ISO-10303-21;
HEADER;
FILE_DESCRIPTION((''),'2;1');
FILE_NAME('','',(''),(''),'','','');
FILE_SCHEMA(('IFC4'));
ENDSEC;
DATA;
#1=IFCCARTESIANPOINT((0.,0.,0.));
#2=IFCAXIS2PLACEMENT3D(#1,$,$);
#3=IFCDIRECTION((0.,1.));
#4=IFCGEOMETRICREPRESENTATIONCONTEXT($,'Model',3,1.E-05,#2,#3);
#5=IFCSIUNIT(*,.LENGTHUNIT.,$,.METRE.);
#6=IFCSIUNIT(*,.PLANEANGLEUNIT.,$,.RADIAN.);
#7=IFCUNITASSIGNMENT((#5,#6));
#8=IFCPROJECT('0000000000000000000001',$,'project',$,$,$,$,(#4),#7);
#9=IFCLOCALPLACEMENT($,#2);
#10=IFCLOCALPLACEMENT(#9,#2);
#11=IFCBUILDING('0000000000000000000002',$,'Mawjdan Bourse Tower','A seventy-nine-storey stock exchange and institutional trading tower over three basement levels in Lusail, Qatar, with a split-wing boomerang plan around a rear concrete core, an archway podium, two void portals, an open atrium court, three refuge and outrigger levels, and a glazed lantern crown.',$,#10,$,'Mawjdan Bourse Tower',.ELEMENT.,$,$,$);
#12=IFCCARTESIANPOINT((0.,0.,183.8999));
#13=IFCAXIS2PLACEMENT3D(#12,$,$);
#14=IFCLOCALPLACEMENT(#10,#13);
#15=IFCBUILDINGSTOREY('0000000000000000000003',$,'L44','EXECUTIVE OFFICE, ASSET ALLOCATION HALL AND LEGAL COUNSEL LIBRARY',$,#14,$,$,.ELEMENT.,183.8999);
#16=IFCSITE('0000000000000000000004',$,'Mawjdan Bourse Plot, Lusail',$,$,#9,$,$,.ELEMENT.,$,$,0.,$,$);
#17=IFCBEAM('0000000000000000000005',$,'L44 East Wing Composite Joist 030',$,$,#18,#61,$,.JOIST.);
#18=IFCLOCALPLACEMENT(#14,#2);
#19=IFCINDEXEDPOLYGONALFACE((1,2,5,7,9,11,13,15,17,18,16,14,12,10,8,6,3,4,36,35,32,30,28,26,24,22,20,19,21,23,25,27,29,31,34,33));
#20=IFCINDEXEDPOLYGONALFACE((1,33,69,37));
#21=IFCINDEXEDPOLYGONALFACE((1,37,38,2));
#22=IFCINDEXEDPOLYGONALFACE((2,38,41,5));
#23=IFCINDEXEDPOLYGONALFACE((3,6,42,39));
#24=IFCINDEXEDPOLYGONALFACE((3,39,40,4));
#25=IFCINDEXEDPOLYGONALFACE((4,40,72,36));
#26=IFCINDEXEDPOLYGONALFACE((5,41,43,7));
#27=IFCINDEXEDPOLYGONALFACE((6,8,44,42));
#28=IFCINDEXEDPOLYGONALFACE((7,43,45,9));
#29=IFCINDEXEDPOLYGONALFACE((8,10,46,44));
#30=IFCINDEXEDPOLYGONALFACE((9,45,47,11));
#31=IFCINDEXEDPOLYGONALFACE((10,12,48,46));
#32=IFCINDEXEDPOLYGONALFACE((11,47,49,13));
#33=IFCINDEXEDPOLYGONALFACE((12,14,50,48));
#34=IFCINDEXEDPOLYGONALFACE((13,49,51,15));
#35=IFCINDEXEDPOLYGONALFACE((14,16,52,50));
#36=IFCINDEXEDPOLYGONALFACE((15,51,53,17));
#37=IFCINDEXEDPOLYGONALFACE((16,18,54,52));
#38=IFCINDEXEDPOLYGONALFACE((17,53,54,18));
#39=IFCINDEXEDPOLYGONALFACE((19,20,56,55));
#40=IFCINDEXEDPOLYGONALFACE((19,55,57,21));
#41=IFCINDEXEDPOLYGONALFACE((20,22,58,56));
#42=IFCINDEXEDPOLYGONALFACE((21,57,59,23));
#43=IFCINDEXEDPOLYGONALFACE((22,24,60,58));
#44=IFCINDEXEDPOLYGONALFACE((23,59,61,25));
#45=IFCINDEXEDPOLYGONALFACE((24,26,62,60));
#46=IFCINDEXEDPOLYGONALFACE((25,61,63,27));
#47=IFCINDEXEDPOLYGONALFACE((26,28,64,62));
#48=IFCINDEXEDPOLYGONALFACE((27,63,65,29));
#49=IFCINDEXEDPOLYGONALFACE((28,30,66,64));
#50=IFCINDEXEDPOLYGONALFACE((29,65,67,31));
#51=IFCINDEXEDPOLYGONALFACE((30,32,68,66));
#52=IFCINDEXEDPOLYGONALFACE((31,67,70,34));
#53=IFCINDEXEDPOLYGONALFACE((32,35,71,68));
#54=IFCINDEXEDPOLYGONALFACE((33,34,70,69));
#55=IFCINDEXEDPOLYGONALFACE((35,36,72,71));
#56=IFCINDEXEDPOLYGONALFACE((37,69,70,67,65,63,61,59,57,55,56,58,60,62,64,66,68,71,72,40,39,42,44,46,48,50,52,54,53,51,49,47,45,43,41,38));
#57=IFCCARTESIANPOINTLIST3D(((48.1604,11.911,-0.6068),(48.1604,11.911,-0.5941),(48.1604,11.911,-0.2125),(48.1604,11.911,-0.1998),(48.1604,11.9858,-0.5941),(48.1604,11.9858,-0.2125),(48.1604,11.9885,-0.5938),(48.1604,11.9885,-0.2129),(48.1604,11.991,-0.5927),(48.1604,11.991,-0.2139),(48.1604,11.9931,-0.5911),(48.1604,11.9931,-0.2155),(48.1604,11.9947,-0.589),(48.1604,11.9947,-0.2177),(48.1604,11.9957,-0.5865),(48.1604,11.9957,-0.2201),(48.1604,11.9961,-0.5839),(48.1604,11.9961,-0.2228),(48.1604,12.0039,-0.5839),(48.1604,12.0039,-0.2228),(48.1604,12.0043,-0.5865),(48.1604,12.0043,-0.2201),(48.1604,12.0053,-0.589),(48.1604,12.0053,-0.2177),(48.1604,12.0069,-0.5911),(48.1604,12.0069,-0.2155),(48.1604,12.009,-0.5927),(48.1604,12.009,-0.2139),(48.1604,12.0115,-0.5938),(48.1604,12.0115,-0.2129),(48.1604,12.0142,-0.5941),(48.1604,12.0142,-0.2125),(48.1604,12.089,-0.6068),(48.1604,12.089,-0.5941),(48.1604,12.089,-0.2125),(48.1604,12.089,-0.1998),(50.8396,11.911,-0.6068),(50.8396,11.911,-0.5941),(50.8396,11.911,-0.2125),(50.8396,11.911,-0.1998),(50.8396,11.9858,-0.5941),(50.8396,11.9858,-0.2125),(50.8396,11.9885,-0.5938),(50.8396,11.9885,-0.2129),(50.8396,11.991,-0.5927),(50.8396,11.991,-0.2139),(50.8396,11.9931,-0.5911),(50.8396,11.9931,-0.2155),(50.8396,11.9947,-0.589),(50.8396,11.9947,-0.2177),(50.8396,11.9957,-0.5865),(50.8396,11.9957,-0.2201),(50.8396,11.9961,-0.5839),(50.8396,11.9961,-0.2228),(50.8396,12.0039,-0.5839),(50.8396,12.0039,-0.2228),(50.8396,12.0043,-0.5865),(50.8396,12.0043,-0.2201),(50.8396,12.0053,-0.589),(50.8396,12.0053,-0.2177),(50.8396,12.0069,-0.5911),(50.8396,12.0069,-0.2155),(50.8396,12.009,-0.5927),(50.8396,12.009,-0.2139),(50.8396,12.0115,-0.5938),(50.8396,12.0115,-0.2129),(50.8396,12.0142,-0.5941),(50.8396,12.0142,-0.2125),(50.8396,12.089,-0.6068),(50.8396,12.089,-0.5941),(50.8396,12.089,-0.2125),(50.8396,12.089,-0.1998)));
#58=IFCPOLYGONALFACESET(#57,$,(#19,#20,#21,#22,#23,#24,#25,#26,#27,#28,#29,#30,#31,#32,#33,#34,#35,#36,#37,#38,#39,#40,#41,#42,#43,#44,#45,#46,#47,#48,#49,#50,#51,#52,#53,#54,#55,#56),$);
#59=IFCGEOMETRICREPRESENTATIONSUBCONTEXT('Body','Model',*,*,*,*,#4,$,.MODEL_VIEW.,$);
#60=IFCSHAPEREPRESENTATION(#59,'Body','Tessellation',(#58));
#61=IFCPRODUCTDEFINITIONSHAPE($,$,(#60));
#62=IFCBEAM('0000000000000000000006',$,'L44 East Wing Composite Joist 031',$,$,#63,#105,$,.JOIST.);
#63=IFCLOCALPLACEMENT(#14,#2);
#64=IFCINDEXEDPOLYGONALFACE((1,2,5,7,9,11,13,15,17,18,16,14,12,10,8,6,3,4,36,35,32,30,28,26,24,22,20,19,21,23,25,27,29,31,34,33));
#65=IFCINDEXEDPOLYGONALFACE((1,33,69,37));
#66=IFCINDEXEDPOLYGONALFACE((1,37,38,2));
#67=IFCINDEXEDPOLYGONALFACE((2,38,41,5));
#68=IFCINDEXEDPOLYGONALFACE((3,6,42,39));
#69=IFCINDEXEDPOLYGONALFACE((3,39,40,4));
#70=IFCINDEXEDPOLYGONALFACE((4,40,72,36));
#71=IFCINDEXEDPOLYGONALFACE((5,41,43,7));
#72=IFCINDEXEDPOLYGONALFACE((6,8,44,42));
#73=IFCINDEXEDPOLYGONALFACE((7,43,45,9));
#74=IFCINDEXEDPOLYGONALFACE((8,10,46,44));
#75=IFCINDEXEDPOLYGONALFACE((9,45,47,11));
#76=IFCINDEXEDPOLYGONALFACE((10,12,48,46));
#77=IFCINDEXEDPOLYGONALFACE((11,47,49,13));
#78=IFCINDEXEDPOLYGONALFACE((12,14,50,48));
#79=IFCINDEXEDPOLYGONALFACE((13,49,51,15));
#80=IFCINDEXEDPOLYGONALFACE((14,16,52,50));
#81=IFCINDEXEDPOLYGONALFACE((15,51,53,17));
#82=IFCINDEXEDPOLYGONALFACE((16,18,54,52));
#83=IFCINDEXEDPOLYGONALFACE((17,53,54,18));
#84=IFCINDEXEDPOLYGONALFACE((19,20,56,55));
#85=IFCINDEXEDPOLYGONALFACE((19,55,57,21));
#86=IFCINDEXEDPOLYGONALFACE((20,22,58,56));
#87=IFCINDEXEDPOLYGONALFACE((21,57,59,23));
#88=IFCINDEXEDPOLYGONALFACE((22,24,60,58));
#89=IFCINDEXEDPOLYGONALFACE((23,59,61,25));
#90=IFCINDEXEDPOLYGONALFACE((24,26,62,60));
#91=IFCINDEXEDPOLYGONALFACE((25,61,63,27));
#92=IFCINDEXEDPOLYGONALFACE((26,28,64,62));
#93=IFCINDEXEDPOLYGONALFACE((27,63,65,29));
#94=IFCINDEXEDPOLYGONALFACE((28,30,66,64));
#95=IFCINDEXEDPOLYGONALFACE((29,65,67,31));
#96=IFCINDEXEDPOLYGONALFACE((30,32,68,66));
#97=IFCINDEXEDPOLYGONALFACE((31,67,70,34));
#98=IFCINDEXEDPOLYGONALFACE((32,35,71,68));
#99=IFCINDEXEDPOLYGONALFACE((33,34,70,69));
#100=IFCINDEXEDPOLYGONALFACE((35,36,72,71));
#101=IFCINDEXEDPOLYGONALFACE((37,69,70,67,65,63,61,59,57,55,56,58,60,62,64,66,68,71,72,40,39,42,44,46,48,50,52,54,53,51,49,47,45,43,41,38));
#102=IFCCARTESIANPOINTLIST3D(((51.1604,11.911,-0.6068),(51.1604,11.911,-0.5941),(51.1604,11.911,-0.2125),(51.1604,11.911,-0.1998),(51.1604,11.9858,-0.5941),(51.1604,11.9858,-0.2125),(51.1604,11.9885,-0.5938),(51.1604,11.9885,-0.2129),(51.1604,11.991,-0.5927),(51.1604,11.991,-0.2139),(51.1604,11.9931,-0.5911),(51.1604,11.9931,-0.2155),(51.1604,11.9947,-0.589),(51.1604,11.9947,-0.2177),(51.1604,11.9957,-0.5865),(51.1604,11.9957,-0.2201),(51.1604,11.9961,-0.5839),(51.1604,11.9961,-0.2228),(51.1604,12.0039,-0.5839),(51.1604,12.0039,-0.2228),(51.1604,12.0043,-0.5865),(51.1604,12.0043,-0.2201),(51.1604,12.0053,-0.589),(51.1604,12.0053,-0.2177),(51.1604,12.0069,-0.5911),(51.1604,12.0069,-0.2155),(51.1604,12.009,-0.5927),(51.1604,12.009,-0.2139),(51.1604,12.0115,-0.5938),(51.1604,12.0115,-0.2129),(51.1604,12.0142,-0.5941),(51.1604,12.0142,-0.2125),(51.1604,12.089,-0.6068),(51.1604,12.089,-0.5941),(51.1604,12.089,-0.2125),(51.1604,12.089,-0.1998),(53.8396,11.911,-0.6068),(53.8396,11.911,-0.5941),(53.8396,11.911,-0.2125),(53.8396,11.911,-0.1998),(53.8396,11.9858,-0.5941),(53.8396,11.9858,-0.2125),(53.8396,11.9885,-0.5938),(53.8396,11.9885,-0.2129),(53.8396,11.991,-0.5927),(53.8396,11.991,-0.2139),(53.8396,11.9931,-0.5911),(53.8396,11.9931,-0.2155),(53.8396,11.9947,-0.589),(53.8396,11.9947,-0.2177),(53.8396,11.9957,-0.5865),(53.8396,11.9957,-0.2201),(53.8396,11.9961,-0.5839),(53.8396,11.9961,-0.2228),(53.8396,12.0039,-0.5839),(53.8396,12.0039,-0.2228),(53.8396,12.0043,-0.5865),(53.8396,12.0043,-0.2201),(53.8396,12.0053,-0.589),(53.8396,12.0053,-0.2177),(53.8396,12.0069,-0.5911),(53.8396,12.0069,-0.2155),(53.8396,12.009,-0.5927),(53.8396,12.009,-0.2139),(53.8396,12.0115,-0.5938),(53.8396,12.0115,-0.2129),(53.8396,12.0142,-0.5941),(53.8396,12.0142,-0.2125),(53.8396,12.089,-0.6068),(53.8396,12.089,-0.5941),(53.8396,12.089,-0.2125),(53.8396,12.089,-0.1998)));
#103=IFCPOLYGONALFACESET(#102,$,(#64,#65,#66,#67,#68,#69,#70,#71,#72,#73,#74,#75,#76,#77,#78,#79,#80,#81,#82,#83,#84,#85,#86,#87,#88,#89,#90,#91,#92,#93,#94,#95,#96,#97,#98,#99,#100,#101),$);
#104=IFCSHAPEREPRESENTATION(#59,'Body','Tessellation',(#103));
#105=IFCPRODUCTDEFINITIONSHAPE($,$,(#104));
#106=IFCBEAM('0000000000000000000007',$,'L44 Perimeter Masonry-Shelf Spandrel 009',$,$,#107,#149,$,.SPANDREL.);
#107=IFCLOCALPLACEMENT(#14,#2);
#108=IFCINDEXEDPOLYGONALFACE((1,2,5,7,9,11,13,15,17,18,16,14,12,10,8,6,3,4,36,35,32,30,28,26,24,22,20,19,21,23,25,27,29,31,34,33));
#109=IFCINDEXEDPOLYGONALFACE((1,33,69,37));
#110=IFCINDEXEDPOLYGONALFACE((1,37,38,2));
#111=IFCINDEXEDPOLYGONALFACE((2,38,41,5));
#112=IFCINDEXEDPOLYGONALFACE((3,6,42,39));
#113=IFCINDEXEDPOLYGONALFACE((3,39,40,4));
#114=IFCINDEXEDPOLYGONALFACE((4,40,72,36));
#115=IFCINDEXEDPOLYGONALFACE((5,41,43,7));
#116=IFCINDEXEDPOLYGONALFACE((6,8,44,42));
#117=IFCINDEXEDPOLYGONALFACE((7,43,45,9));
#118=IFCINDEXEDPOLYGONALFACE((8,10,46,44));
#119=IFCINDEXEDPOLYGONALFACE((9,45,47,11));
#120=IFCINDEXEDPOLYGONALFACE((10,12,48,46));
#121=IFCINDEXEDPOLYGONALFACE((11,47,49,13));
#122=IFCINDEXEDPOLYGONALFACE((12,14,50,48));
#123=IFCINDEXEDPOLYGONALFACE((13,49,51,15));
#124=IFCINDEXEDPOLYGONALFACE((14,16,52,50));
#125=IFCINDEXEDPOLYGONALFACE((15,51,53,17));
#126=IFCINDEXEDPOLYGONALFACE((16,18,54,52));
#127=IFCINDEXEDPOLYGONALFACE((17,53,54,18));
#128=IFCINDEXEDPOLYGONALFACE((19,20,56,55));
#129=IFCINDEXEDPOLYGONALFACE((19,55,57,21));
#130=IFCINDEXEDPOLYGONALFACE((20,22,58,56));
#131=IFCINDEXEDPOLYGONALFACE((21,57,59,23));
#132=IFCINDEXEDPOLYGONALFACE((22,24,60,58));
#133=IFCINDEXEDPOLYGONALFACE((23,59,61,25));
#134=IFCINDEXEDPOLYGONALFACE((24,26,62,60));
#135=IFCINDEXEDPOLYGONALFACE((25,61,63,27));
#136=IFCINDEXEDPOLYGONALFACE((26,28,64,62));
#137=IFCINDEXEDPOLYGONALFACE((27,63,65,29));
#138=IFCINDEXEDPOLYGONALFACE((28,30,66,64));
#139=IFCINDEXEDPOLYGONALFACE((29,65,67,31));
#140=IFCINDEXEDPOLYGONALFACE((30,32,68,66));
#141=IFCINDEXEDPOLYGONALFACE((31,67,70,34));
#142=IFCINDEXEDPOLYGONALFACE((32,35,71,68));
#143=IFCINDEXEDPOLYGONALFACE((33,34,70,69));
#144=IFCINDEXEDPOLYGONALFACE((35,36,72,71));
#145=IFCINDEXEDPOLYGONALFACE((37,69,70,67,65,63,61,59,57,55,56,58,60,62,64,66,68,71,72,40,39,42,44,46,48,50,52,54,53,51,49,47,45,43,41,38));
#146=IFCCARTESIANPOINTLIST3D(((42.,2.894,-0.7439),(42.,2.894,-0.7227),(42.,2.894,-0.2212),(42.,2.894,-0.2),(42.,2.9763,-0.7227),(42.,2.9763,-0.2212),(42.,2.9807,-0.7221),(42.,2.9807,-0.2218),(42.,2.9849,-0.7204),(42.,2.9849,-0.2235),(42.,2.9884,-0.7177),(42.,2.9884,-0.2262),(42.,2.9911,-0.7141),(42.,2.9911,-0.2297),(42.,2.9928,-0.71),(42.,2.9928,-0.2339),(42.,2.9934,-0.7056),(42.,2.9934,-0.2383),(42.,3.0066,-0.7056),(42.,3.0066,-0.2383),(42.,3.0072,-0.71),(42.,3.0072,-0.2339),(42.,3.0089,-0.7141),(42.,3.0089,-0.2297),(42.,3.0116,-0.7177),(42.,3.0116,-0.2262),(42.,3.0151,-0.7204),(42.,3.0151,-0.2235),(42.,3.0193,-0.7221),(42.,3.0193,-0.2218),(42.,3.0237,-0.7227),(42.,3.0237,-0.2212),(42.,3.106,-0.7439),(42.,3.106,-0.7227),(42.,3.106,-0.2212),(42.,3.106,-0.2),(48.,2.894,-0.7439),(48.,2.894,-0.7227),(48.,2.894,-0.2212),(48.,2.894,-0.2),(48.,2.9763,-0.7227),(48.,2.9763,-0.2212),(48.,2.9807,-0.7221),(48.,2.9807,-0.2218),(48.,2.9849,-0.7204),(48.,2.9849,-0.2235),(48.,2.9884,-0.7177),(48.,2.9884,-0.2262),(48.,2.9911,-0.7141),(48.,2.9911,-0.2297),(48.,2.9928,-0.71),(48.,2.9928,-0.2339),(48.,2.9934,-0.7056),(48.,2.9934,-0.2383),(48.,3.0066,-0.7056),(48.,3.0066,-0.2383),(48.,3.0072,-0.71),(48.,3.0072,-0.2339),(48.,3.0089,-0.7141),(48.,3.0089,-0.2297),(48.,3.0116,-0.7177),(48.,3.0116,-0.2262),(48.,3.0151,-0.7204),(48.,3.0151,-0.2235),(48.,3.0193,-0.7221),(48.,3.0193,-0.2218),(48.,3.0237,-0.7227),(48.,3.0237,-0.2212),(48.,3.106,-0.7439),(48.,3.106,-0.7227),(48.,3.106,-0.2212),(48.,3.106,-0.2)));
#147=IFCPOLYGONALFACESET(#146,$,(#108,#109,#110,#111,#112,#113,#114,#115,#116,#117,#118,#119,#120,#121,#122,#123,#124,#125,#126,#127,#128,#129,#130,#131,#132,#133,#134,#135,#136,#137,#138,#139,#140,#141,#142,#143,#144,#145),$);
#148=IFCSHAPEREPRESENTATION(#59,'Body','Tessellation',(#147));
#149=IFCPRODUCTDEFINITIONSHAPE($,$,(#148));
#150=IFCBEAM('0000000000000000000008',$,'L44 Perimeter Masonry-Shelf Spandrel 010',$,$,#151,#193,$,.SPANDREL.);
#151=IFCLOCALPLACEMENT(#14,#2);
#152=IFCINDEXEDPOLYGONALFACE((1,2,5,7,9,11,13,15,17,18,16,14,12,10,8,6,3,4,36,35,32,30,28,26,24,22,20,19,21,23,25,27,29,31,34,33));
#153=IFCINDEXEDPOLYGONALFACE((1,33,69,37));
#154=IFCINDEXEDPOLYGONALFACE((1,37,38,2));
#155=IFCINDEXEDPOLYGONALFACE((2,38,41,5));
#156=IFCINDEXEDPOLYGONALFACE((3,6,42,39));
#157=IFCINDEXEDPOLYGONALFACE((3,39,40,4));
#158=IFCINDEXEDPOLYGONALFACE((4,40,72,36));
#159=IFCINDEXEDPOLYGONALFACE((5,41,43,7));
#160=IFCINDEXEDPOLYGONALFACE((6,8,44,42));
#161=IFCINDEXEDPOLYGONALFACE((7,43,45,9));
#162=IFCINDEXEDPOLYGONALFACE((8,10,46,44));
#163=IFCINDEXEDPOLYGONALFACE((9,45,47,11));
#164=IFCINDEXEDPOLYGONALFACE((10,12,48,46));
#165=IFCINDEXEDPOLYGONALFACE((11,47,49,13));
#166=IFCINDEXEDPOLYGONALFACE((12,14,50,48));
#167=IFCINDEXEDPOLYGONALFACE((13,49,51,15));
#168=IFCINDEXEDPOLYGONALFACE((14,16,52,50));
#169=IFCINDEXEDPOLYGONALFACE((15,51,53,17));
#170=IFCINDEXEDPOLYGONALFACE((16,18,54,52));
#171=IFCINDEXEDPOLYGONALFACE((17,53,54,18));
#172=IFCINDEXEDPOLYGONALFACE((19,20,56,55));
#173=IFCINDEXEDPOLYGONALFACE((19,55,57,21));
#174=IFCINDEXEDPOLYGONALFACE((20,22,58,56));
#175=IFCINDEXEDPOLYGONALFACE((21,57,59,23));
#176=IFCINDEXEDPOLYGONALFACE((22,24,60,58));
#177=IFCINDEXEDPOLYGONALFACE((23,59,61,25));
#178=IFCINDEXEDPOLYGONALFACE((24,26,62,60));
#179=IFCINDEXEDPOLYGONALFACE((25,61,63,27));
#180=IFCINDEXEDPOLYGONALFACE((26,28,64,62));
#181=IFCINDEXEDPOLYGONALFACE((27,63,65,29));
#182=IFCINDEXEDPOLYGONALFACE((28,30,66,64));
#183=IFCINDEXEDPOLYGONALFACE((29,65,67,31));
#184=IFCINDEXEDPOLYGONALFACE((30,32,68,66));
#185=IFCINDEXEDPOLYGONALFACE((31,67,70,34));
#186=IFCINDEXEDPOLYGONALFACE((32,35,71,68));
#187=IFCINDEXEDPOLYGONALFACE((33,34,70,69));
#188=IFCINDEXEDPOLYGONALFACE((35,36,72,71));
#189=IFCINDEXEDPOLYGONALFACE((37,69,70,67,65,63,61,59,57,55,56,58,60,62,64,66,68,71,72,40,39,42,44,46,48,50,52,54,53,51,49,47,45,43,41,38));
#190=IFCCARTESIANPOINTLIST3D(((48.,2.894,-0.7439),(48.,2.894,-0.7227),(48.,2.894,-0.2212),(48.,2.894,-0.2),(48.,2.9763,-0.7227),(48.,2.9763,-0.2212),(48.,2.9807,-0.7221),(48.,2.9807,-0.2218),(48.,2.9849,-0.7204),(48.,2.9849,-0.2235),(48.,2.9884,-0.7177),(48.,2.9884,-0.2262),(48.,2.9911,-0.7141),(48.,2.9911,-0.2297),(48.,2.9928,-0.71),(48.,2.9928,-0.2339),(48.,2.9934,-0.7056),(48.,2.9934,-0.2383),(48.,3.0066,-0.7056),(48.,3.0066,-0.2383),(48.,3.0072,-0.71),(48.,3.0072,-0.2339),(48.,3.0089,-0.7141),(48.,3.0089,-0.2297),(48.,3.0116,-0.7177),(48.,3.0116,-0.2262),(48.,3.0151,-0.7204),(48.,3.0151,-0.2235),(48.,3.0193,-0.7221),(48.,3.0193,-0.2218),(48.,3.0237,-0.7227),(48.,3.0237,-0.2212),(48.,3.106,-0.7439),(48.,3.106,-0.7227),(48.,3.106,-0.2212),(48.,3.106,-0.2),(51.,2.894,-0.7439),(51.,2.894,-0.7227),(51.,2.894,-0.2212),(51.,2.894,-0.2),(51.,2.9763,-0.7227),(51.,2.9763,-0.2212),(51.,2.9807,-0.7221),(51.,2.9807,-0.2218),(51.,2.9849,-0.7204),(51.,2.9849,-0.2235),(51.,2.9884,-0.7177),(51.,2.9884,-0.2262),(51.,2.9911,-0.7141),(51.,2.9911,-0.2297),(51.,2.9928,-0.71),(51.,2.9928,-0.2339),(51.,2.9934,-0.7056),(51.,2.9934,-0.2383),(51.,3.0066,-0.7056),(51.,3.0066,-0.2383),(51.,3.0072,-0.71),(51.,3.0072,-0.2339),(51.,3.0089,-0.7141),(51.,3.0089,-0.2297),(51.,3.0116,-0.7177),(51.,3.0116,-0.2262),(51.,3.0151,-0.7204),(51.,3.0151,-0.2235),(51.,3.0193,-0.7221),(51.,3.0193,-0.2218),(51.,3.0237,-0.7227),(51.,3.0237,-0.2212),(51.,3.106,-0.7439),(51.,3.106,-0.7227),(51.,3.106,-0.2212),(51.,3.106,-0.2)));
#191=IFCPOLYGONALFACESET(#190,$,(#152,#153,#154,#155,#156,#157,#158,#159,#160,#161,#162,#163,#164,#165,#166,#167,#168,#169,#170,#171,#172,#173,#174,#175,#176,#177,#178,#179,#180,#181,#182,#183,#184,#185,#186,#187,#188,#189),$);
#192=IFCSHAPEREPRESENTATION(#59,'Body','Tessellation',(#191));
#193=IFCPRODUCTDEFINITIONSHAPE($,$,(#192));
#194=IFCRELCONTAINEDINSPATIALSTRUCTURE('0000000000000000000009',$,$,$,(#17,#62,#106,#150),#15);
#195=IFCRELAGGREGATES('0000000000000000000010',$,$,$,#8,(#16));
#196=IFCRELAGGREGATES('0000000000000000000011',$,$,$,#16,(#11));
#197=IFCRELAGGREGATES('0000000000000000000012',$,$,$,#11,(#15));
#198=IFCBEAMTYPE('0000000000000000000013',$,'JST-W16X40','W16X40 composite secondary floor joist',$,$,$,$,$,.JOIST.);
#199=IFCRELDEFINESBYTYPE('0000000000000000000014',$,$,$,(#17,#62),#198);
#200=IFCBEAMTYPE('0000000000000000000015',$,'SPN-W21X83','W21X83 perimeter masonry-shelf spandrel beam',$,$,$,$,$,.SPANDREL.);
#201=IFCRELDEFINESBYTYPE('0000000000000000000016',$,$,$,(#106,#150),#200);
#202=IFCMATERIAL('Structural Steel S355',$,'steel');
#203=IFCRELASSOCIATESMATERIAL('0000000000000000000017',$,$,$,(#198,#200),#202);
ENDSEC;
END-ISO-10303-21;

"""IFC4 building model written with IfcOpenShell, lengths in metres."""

from ifc_helpers import new_model, si_unit, direction, frame, origin, origin_2d, place, context, subcontext, project, spatial, i_section, extrude, material, material_profile, profile_set, type_object, element, save


model = new_model("IFC4")

# Units and contexts
model_context = context("Model", 3, precision=1e-05, world=origin(), true_north=direction((0.0, 1.0)))
body_context = subcontext(model_context, "Body", "Model", "MODEL_VIEW")
ifc_project = project(units=[si_unit("LENGTHUNIT", "METRE"), si_unit("PLANEANGLEUNIT", "RADIAN")], contexts=[model_context])

# Site, building, storey
site_placement = place(None, origin())
site = spatial("IfcSite", under=ifc_project, at=site_placement, Name="Mawjdan Bourse Plot, Lusail", CompositionType="ELEMENT", RefElevation=0.0)
building_placement = place(site_placement, origin())
building = spatial("IfcBuilding", under=site, at=building_placement, Name="Mawjdan Bourse Tower", Description="A seventy-nine-storey stock exchange and institutional trading tower over three basement levels in Lusail, Qatar, with a split-wing boomerang plan around a rear concrete core, an archway podium, two void portals, an open atrium court, three refuge and outrigger levels, and a glazed lantern crown.", LongName="Mawjdan Bourse Tower", CompositionType="ELEMENT")
storey_placement = place(building_placement, frame((0.0, 0.0, 183.8999)))
storey = spatial("IfcBuildingStorey", under=building, at=storey_placement, Name="L44", Description="EXECUTIVE OFFICE, ASSET ALLOCATION HALL AND LEGAL COUNSEL LIBRARY", CompositionType="ELEMENT", Elevation=183.8999)

# Beams
ifc_material_1 = material(Name="Structural Steel S355", Category="steel")
ifc_material_profile_1 = material_profile(ifc_material_1, i_section(OverallWidth=0.178, OverallDepth=0.407, WebThickness=0.0078, FlangeThickness=0.0127, FilletRadius=0.0103, at=origin_2d()), Name="W16X40")
ifc_profile_set_1 = profile_set([ifc_material_profile_1], Name="Structural Steel S355")
beam_type_1 = type_object("IfcBeamType", Name="JST-W16X40", Description="W16X40 composite secondary floor joist", PredefinedType="JOIST", material=ifc_profile_set_1)
for number, where, z_axis, x_axis, name in (
    (1, (48.1604, 12.0, -0.4033), (1.0, 0.0, 0.0), (0.0, 1.0, 0.0), "L44 East Wing Composite Joist 030"),
    (2, (51.1604, 12.0, -0.4033), (1.0, 0.0, 0.0), (0.0, 1.0, 0.0), "L44 East Wing Composite Joist 031"),
):
    element("IfcBeam", number, at=place(storey_placement, frame(where, z_axis=z_axis, x_axis=x_axis)), inside=storey, type_object=beam_type_1, Name=name, PredefinedType="JOIST", context=body_context, shape_type="SweptSolid", body=[
        extrude(i_section(OverallWidth=0.178, OverallDepth=0.407, WebThickness=0.0078, FlangeThickness=0.0127, FilletRadius=0.0103, at=origin_2d()), origin(), (0.0, 0.0, 1.0), 2.6792),
    ])
ifc_material_profile_2 = material_profile(ifc_material_1, i_section(OverallWidth=0.2119, OverallDepth=0.5439, WebThickness=0.0132, FlangeThickness=0.0212, FilletRadius=0.0171, at=origin_2d()), Name="W21X83")
ifc_profile_set_2 = profile_set([ifc_material_profile_2], Name="Structural Steel S355")
beam_type_2 = type_object("IfcBeamType", Name="SPN-W21X83", Description="W21X83 perimeter masonry-shelf spandrel beam", PredefinedType="SPANDREL", material=ifc_profile_set_2)
beam_1_placement = place(storey_placement, frame((42.0, 3.0, -0.4719), z_axis=(1.0, 0.0, 0.0), x_axis=(0.0, 1.0, 0.0)))
element("IfcBeam", 3, at=beam_1_placement, inside=storey, type_object=beam_type_2, Name="L44 Perimeter Masonry-Shelf Spandrel 009", PredefinedType="SPANDREL", context=body_context, shape_type="SweptSolid", body=[
    extrude(i_section(OverallWidth=0.2119, OverallDepth=0.5439, WebThickness=0.0132, FlangeThickness=0.0212, FilletRadius=0.0171, at=origin_2d()), origin(), (0.0, 0.0, 1.0), 6.0),
])
for number, where, z_axis, x_axis, name in (
    (4, (48.0, 3.0, -0.4719), (1.0, 0.0, 0.0), (0.0, 1.0, 0.0), "L44 Perimeter Masonry-Shelf Spandrel 010"),
):
    element("IfcBeam", number, at=place(storey_placement, frame(where, z_axis=z_axis, x_axis=x_axis)), inside=storey, type_object=beam_type_2, Name=name, PredefinedType="SPANDREL", context=body_context, shape_type="SweptSolid", body=[
        extrude(i_section(OverallWidth=0.2119, OverallDepth=0.5439, WebThickness=0.0132, FlangeThickness=0.0212, FilletRadius=0.0171, at=origin_2d()), origin(), (0.0, 0.0, 1.0), 3.0),
    ])

save(model, "model.ifc")
